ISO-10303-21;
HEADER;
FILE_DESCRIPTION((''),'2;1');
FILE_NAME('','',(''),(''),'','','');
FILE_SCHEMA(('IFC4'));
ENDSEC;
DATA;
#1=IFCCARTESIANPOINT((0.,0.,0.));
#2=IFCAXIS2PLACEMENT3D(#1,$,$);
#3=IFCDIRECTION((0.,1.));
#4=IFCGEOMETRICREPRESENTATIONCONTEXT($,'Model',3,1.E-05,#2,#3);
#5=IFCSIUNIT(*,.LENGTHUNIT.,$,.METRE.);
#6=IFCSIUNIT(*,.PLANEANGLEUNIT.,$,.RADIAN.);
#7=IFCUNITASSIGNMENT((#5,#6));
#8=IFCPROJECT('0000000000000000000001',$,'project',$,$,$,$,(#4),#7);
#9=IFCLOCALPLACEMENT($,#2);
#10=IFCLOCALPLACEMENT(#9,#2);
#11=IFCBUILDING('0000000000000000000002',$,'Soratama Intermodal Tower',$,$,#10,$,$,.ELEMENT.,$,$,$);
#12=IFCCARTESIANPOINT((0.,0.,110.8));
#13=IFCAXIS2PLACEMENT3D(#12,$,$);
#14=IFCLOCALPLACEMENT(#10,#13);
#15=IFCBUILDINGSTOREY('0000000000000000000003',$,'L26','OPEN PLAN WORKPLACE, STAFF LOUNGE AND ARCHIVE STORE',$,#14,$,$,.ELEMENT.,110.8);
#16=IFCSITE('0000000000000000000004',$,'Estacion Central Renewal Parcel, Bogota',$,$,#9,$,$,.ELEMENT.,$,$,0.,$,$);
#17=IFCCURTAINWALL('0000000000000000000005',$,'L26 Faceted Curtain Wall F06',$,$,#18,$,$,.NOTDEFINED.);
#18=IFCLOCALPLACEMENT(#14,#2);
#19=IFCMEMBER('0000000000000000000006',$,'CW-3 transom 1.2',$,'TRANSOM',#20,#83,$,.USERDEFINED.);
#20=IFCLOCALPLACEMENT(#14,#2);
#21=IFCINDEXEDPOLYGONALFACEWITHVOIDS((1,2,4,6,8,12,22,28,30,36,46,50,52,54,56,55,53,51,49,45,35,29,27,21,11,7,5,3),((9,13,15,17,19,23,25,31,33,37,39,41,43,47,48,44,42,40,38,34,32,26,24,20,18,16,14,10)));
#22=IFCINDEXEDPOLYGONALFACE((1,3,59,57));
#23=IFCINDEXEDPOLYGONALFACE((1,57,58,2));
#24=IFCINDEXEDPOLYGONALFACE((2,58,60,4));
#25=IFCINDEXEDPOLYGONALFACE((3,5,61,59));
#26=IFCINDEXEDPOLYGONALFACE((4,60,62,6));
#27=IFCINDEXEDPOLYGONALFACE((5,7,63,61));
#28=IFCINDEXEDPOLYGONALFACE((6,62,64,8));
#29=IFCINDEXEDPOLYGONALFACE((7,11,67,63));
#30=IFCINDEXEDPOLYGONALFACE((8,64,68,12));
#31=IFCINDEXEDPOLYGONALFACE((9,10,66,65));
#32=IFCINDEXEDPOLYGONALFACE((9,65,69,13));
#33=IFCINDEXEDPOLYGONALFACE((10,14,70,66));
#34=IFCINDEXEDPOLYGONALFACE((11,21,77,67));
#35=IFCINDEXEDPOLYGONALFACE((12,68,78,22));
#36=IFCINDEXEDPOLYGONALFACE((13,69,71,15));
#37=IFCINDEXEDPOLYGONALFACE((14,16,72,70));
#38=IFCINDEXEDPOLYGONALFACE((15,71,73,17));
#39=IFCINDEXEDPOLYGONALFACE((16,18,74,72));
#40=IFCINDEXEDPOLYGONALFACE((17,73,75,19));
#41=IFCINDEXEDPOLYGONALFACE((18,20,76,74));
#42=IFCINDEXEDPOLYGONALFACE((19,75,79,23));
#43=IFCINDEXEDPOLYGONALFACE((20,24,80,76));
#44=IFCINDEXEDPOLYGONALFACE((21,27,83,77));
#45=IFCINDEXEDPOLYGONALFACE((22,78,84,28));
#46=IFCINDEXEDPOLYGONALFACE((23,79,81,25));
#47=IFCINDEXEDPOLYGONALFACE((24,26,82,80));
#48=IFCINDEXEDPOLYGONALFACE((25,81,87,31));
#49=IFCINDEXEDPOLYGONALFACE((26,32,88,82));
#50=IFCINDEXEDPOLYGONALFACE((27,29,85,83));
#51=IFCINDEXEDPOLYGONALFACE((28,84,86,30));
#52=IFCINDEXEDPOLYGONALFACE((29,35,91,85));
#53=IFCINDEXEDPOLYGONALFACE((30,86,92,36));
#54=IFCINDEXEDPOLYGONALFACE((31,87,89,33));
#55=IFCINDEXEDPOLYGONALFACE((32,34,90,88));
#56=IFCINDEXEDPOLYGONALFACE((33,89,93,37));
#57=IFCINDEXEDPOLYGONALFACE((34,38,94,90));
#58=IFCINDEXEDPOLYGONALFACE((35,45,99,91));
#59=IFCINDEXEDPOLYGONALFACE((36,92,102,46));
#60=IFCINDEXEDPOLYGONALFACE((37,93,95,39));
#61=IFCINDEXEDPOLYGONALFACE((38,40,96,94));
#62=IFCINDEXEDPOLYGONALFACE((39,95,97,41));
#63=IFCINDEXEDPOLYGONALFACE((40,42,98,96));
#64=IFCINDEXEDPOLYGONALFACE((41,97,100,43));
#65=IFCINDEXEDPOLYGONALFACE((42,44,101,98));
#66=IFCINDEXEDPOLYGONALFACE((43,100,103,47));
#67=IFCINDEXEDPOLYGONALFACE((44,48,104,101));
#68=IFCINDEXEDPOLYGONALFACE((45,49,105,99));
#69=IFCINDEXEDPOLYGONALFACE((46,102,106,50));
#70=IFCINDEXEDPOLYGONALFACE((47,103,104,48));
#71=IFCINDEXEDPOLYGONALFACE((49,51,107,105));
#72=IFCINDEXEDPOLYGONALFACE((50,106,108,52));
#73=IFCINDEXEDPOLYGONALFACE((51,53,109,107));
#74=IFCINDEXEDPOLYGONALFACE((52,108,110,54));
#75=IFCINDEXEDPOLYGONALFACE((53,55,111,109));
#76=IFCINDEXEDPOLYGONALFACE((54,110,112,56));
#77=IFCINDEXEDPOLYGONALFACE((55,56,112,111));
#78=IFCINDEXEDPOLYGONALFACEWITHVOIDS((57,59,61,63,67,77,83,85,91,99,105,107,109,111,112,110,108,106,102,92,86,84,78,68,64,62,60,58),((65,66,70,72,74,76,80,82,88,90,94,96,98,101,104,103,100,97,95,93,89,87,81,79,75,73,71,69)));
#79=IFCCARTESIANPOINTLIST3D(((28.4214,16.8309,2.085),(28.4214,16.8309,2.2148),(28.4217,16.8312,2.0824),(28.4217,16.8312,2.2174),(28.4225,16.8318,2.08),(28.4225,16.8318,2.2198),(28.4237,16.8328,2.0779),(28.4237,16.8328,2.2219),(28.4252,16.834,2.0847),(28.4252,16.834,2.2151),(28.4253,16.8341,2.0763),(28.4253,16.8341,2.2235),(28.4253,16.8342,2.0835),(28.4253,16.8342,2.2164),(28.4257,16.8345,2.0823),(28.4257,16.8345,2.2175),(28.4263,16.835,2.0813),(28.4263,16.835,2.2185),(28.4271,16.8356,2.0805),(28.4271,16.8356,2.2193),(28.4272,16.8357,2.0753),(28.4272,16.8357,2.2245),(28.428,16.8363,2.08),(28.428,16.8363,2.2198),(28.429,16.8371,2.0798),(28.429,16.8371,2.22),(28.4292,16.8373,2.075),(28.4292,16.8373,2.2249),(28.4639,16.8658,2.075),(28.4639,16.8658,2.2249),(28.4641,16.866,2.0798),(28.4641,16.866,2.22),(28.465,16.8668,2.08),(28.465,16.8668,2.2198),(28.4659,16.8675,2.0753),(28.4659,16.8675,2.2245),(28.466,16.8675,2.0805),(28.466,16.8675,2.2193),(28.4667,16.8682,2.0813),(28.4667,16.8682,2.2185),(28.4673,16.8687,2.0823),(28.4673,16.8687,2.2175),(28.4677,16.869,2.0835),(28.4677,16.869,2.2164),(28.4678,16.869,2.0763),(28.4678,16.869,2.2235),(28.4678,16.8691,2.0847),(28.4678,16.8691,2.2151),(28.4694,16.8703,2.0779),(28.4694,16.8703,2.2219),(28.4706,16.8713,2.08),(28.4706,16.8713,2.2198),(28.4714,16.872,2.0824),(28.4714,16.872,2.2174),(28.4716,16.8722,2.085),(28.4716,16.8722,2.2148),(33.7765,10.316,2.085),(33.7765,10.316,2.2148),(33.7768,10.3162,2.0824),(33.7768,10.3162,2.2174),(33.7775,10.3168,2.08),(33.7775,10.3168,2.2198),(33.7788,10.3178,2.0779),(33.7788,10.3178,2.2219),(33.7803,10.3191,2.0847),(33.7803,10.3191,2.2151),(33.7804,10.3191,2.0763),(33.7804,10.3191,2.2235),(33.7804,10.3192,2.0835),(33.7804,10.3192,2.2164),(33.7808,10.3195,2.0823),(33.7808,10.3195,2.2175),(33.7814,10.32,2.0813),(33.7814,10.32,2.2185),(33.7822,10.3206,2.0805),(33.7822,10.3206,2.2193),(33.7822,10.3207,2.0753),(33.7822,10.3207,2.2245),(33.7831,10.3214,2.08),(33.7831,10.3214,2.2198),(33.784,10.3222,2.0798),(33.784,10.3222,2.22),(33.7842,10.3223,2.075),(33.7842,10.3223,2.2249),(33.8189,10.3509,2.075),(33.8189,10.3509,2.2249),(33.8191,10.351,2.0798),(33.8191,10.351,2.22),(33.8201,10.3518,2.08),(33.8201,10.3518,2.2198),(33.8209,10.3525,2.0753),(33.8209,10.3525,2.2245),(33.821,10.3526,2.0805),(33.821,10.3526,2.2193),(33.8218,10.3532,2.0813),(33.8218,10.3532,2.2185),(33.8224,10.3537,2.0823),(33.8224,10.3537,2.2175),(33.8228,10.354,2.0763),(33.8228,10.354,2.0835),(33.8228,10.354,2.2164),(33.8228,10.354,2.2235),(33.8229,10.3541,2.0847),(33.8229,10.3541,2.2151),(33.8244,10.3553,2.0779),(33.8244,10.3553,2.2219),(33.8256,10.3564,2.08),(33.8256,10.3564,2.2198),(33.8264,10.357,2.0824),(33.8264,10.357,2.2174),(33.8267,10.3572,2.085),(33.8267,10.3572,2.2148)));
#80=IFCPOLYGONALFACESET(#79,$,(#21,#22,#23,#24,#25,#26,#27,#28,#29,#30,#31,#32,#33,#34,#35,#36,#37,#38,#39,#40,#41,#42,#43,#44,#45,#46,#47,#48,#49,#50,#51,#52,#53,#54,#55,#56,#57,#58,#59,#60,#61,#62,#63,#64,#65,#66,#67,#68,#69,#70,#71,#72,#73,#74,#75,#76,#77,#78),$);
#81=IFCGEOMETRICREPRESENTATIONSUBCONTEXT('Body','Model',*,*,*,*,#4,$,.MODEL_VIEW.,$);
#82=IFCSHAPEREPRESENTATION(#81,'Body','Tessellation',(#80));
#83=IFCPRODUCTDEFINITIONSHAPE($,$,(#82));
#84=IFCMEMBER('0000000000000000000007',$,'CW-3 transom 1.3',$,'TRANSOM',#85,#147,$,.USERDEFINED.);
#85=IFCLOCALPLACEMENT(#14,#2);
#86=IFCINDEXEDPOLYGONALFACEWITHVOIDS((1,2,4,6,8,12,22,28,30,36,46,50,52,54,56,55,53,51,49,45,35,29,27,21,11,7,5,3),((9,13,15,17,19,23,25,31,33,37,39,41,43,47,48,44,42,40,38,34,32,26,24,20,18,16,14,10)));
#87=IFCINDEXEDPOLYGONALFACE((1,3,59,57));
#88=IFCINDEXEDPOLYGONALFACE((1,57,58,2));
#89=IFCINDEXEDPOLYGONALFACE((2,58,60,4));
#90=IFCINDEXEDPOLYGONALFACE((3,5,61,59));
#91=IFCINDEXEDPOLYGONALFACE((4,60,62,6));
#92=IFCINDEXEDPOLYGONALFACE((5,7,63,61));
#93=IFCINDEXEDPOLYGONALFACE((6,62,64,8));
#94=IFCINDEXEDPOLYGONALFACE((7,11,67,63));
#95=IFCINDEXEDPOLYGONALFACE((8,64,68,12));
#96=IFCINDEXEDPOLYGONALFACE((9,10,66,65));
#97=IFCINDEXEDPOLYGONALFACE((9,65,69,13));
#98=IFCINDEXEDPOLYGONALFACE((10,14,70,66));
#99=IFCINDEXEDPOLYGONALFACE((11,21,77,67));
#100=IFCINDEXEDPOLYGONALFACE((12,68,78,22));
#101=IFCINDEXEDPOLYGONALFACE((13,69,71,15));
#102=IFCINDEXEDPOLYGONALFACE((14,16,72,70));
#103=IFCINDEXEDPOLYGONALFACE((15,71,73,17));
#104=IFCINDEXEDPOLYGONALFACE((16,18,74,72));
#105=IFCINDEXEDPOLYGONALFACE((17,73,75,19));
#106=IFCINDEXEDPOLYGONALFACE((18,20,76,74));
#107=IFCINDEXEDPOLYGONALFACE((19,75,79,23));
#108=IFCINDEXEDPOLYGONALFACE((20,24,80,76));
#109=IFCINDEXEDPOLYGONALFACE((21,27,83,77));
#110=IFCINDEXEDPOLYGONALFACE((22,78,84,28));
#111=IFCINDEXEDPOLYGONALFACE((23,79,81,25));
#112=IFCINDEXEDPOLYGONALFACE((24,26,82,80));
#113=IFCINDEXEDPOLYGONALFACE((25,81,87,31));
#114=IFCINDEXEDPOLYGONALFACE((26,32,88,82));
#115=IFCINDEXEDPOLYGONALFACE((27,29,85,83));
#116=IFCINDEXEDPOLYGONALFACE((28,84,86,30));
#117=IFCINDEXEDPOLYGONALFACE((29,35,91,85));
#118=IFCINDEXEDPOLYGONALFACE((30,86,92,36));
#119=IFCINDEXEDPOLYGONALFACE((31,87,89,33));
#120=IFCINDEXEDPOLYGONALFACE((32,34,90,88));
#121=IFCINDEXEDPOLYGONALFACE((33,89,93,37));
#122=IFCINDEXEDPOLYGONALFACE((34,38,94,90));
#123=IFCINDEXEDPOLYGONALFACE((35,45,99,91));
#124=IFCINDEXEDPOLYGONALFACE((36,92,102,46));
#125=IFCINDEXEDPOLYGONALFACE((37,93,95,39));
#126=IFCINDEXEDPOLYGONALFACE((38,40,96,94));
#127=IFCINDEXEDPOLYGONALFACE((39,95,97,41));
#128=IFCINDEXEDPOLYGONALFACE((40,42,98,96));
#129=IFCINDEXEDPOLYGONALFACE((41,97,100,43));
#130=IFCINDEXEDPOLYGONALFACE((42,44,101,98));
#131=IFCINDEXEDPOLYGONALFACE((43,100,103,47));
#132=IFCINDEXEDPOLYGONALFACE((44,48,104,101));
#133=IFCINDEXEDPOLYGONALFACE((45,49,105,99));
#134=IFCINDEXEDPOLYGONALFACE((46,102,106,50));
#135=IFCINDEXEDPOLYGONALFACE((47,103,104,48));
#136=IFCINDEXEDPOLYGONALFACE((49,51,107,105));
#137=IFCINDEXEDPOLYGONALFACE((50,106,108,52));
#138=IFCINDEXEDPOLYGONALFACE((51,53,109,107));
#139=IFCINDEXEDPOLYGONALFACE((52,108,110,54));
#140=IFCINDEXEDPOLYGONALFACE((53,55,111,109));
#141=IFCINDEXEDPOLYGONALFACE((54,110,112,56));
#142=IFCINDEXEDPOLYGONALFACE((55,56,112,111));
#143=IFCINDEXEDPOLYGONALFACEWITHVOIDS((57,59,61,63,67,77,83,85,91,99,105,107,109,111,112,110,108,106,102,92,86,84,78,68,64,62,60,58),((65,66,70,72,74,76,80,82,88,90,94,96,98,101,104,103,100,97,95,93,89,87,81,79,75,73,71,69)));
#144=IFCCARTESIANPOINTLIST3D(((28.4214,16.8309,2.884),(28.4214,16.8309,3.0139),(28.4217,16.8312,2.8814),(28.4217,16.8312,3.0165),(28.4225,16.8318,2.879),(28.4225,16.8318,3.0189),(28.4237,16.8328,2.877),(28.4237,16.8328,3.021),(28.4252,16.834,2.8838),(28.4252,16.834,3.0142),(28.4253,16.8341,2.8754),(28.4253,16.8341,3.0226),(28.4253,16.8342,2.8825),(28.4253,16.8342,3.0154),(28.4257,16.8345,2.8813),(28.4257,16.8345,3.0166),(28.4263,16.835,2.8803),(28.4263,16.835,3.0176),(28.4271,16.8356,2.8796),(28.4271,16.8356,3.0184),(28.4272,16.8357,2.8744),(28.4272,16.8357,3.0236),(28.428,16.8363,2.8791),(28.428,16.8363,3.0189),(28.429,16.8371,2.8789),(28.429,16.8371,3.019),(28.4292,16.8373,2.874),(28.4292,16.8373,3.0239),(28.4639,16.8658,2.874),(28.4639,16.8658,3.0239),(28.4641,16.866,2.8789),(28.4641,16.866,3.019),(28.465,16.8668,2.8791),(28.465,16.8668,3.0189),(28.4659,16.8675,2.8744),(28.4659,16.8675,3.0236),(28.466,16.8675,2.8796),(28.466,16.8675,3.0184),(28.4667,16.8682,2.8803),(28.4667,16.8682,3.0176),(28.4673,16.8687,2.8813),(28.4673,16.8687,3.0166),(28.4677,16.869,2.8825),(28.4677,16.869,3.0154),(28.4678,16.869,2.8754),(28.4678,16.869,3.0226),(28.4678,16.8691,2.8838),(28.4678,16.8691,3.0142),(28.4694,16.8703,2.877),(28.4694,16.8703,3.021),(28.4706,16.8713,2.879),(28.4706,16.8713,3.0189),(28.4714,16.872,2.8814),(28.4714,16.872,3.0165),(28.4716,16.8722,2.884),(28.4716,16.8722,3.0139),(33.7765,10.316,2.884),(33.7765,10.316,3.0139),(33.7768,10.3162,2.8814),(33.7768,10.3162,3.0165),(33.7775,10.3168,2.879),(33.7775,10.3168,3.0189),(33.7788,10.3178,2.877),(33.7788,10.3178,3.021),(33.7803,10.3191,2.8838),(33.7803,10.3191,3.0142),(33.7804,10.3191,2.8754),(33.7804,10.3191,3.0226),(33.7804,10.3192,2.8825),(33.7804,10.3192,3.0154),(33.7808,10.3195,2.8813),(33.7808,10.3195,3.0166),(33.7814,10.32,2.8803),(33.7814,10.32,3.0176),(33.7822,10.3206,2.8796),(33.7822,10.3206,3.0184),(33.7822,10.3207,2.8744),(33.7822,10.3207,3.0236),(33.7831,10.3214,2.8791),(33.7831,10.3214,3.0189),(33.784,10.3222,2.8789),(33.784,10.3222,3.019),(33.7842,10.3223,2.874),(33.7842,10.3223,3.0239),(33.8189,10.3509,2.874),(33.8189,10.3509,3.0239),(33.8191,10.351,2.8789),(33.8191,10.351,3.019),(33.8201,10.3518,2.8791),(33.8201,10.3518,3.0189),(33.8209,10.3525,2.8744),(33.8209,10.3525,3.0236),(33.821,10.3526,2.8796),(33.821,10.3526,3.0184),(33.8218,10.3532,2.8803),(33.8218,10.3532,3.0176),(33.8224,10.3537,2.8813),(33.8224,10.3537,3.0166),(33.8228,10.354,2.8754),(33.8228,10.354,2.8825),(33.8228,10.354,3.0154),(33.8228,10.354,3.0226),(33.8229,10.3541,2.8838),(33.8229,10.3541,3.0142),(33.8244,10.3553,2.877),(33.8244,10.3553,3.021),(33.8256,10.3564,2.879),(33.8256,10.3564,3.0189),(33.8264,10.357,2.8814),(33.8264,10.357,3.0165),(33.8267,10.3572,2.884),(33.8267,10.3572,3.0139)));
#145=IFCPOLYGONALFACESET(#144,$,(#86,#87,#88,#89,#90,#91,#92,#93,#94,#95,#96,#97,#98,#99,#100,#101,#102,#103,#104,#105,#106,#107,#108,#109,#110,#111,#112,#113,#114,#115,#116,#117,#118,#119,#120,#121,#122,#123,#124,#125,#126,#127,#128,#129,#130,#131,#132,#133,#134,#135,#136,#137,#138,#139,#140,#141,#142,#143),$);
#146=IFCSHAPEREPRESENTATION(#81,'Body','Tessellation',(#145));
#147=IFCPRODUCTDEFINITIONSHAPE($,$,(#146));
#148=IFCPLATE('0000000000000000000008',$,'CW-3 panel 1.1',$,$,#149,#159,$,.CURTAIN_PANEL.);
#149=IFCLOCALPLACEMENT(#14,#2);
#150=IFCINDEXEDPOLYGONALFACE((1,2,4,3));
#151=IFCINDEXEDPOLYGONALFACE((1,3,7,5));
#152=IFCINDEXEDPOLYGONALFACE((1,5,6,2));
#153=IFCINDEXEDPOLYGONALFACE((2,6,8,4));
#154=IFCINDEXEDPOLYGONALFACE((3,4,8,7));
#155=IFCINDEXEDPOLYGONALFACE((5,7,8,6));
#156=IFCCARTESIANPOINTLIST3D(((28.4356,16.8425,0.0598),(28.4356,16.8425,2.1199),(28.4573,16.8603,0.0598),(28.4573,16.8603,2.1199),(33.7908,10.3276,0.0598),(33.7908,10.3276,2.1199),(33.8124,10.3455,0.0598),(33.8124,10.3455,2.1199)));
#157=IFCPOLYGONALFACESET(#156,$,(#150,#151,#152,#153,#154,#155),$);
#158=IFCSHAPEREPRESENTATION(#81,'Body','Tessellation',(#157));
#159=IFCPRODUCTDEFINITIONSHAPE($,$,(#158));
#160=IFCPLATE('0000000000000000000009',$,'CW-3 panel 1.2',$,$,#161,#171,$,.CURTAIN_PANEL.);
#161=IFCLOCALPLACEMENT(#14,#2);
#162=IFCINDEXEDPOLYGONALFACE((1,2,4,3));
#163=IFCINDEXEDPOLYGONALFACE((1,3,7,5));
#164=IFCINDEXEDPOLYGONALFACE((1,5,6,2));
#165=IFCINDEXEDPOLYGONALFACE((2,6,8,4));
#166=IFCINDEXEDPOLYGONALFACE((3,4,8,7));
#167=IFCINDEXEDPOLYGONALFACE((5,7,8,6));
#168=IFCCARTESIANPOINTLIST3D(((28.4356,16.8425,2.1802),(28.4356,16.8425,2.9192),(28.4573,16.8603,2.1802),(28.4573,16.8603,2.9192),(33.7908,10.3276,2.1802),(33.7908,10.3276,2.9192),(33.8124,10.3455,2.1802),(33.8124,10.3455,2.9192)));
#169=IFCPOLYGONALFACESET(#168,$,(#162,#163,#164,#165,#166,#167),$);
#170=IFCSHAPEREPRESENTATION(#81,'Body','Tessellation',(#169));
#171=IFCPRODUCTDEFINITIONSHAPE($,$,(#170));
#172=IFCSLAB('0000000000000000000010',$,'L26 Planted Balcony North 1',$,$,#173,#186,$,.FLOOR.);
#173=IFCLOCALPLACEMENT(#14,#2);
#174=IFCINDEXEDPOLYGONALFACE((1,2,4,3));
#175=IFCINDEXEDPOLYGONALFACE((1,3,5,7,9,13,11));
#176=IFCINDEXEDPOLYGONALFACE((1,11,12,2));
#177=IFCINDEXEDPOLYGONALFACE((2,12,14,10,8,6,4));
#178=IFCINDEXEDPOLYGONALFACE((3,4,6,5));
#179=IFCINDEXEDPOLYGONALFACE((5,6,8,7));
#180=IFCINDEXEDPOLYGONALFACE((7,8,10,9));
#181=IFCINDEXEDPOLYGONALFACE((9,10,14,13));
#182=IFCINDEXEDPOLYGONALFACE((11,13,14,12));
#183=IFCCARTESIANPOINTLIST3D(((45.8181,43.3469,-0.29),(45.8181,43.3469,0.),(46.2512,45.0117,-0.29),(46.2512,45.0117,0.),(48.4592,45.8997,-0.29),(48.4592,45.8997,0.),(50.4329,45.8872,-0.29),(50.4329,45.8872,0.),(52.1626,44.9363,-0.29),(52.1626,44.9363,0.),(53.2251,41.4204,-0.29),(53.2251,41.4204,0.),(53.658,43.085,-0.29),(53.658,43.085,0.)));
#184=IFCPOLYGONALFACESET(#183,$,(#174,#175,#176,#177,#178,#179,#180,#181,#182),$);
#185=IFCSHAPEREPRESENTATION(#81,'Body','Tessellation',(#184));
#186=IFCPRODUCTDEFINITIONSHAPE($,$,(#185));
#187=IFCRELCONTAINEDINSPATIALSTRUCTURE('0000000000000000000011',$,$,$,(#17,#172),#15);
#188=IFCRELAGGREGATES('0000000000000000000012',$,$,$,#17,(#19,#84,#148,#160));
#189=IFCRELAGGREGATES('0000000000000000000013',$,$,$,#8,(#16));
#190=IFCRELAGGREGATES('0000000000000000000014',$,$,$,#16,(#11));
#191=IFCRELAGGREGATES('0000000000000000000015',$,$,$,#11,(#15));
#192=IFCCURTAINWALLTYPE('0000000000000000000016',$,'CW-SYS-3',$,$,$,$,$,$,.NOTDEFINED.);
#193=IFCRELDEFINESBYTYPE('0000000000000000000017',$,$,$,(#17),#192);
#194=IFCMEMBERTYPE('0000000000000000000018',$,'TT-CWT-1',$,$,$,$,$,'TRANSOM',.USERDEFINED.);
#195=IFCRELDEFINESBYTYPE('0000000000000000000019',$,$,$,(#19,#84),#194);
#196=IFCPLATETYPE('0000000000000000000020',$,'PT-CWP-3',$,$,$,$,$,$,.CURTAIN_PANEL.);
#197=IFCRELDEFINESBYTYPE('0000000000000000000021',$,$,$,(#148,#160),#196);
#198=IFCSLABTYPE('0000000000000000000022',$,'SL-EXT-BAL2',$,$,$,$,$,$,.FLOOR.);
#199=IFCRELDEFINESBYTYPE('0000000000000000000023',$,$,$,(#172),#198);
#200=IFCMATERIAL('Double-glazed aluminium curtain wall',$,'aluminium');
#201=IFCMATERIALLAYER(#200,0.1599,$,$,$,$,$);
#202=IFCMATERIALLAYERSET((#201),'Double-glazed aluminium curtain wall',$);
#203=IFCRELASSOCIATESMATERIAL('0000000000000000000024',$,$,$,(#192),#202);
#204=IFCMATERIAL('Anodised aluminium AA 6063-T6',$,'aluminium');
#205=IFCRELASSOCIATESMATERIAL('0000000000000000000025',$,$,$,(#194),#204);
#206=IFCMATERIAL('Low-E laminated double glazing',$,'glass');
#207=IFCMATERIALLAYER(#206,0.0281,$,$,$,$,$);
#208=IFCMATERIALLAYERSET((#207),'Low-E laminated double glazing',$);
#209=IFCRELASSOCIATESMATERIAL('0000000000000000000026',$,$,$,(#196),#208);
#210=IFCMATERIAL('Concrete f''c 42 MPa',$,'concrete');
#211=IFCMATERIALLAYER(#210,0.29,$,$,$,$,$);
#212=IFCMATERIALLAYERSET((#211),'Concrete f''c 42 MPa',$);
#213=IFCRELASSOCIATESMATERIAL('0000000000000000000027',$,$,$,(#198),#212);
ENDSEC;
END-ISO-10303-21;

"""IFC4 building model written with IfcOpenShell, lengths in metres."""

from ifc_helpers import new_model, si_unit, direction, frame, origin, origin_2d, place, context, subcontext, project, spatial, polyline, rectangle, hollow_rectangle, outline, extrude, material, layer, layer_set, material_profile, profile_set, type_object, element, aggregate, save


model = new_model("IFC4")

# Units and contexts
model_context = context("Model", 3, precision=1e-05, world=origin(), true_north=direction((0.0, 1.0)))
body_context = subcontext(model_context, "Body", "Model", "MODEL_VIEW")
ifc_project = project(units=[si_unit("LENGTHUNIT", "METRE"), si_unit("PLANEANGLEUNIT", "RADIAN")], contexts=[model_context])

# Site, building, storey
site_placement = place(None, origin())
site = spatial("IfcSite", under=ifc_project, at=site_placement, Name="Estacion Central Renewal Parcel, Bogota", CompositionType="ELEMENT", RefElevation=0.0)
building_placement = place(site_placement, origin())
building = spatial("IfcBuilding", under=site, at=building_placement, Name="Soratama Intermodal Tower", CompositionType="ELEMENT")
storey_placement = place(building_placement, frame((0.0, 0.0, 110.8)))
storey = spatial("IfcBuildingStorey", under=building, at=storey_placement, Name="L26", Description="OPEN PLAN WORKPLACE, STAFF LOUNGE AND ARCHIVE STORE", CompositionType="ELEMENT", Elevation=110.8)

# Curtain wall, members, plates
ifc_material_1 = material(Name="Double-glazed aluminium curtain wall", Category="aluminium")
ifc_layer_1 = layer(ifc_material_1, 0.1599)
ifc_layer_set_1 = layer_set([ifc_layer_1], Name="Double-glazed aluminium curtain wall")
curtain_wall_type = type_object("IfcCurtainWallType", Name="CW-SYS-3", PredefinedType="NOTDEFINED", material=ifc_layer_set_1)
curtain_wall_placement = place(storey_placement, origin())
curtain_wall = element("IfcCurtainWall", 1, at=curtain_wall_placement, inside=storey, type_object=curtain_wall_type, Name="L26 Faceted Curtain Wall F06", PredefinedType="NOTDEFINED")
ifc_material_2 = material(Name="Anodised aluminium AA 6063-T6", Category="aluminium")
ifc_material_profile_1 = material_profile(ifc_material_2, hollow_rectangle(XDim=0.0649, YDim=0.1499, WallThickness=0.0049, InnerFilletRadius=0.0049, OuterFilletRadius=0.01, at=origin_2d()), Name="CWT150X65X5")
ifc_profile_set_1 = profile_set([ifc_material_profile_1], Name="Anodised aluminium AA 6063-T6")
member_type_1 = type_object("IfcMemberType", Name="TT-CWT-1", ElementType="TRANSOM", PredefinedType="USERDEFINED", material=ifc_profile_set_1)
member_1_placement = place(storey_placement, frame((28.4465, 16.8516, 2.1499), z_axis=(0.634984, -0.772525, 0.0), x_axis=(0.772525, 0.634984, 0.0)))
member_1 = element("IfcMember", 2, at=member_1_placement, type_object=member_type_1, Name="CW-3 transom 1.2", ObjectType="TRANSOM", PredefinedType="USERDEFINED", context=body_context, shape_type="SweptSolid", body=[
    extrude(hollow_rectangle(XDim=0.0649, YDim=0.1499, WallThickness=0.0049, InnerFilletRadius=0.0049, OuterFilletRadius=0.01, at=origin_2d()), origin(), (0.0, 0.0, 1.0), 8.4333),
])
member_2_placement = place(storey_placement, frame((28.4465, 16.8516, 2.949), z_axis=(0.634984, -0.772525, 0.0), x_axis=(0.772525, 0.634984, 0.0)))
member_2 = element("IfcMember", 3, at=member_2_placement, type_object=member_type_1, Name="CW-3 transom 1.3", ObjectType="TRANSOM", PredefinedType="USERDEFINED", context=body_context, shape_type="SweptSolid", body=[
    extrude(hollow_rectangle(XDim=0.0649, YDim=0.1499, WallThickness=0.0049, InnerFilletRadius=0.0049, OuterFilletRadius=0.01, at=origin_2d()), origin(), (0.0, 0.0, 1.0), 8.4333),
])
ifc_material_3 = material(Name="Low-E laminated double glazing", Category="glass")
ifc_layer_2 = layer(ifc_material_3, 0.0281)
ifc_layer_set_2 = layer_set([ifc_layer_2], Name="Low-E laminated double glazing")
plate_type = type_object("IfcPlateType", Name="PT-CWP-3", PredefinedType="CURTAIN_PANEL", material=ifc_layer_set_2)
plate_1_placement = place(storey_placement, frame((31.124, 13.594, 0.0598), z_axis=(0.0, 0.0, 1.0), x_axis=(0.634998, -0.772513, 0.0)))
plate_1 = element("IfcPlate", 4, at=plate_1_placement, type_object=plate_type, Name="CW-3 panel 1.1", PredefinedType="CURTAIN_PANEL", context=body_context, shape_type="SweptSolid", body=[
    extrude(rectangle(XDim=8.4333, YDim=0.0281, at=origin_2d()), origin(), (0.0, 0.0, 1.0), 2.0601),
])
plate_2_placement = place(storey_placement, frame((31.124, 13.594, 2.1802), z_axis=(0.0, 0.0, 1.0), x_axis=(0.634998, -0.772513, 0.0)))
plate_2 = element("IfcPlate", 5, at=plate_2_placement, type_object=plate_type, Name="CW-3 panel 1.2", PredefinedType="CURTAIN_PANEL", context=body_context, shape_type="SweptSolid", body=[
    extrude(rectangle(XDim=8.4333, YDim=0.0281, at=origin_2d()), origin(), (0.0, 0.0, 1.0), 0.739),
])
aggregate(curtain_wall, [member_1, member_2, plate_1, plate_2])

# Slab
ifc_material_4 = material(Name="Concrete f'c 42 MPa", Category="concrete")
ifc_layer_3 = layer(ifc_material_4, 0.29)
ifc_layer_set_3 = layer_set([ifc_layer_3], Name="Concrete f'c 42 MPa")
slab_type_1 = type_object("IfcSlabType", Name="SL-EXT-BAL2", PredefinedType="FLOOR", material=ifc_layer_set_3)
slab_1_placement = place(storey_placement, frame((0.0, 0.0, -0.29)))
element("IfcSlab", 6, at=slab_1_placement, inside=storey, type_object=slab_type_1, Name="L26 Planted Balcony North 1", PredefinedType="FLOOR", context=body_context, shape_type="SweptSolid", body=[
    extrude(outline(polyline([(53.2251, 41.4204), (45.8181, 43.3469), (46.2512, 45.0117), (48.4592, 45.8997), (50.4329, 45.8872), (52.1626, 44.9363), (53.658, 43.085), (53.2251, 41.4204)])), origin(), (0.0, 0.0, 1.0), 0.29),
])

save(model, "model.ifc")
